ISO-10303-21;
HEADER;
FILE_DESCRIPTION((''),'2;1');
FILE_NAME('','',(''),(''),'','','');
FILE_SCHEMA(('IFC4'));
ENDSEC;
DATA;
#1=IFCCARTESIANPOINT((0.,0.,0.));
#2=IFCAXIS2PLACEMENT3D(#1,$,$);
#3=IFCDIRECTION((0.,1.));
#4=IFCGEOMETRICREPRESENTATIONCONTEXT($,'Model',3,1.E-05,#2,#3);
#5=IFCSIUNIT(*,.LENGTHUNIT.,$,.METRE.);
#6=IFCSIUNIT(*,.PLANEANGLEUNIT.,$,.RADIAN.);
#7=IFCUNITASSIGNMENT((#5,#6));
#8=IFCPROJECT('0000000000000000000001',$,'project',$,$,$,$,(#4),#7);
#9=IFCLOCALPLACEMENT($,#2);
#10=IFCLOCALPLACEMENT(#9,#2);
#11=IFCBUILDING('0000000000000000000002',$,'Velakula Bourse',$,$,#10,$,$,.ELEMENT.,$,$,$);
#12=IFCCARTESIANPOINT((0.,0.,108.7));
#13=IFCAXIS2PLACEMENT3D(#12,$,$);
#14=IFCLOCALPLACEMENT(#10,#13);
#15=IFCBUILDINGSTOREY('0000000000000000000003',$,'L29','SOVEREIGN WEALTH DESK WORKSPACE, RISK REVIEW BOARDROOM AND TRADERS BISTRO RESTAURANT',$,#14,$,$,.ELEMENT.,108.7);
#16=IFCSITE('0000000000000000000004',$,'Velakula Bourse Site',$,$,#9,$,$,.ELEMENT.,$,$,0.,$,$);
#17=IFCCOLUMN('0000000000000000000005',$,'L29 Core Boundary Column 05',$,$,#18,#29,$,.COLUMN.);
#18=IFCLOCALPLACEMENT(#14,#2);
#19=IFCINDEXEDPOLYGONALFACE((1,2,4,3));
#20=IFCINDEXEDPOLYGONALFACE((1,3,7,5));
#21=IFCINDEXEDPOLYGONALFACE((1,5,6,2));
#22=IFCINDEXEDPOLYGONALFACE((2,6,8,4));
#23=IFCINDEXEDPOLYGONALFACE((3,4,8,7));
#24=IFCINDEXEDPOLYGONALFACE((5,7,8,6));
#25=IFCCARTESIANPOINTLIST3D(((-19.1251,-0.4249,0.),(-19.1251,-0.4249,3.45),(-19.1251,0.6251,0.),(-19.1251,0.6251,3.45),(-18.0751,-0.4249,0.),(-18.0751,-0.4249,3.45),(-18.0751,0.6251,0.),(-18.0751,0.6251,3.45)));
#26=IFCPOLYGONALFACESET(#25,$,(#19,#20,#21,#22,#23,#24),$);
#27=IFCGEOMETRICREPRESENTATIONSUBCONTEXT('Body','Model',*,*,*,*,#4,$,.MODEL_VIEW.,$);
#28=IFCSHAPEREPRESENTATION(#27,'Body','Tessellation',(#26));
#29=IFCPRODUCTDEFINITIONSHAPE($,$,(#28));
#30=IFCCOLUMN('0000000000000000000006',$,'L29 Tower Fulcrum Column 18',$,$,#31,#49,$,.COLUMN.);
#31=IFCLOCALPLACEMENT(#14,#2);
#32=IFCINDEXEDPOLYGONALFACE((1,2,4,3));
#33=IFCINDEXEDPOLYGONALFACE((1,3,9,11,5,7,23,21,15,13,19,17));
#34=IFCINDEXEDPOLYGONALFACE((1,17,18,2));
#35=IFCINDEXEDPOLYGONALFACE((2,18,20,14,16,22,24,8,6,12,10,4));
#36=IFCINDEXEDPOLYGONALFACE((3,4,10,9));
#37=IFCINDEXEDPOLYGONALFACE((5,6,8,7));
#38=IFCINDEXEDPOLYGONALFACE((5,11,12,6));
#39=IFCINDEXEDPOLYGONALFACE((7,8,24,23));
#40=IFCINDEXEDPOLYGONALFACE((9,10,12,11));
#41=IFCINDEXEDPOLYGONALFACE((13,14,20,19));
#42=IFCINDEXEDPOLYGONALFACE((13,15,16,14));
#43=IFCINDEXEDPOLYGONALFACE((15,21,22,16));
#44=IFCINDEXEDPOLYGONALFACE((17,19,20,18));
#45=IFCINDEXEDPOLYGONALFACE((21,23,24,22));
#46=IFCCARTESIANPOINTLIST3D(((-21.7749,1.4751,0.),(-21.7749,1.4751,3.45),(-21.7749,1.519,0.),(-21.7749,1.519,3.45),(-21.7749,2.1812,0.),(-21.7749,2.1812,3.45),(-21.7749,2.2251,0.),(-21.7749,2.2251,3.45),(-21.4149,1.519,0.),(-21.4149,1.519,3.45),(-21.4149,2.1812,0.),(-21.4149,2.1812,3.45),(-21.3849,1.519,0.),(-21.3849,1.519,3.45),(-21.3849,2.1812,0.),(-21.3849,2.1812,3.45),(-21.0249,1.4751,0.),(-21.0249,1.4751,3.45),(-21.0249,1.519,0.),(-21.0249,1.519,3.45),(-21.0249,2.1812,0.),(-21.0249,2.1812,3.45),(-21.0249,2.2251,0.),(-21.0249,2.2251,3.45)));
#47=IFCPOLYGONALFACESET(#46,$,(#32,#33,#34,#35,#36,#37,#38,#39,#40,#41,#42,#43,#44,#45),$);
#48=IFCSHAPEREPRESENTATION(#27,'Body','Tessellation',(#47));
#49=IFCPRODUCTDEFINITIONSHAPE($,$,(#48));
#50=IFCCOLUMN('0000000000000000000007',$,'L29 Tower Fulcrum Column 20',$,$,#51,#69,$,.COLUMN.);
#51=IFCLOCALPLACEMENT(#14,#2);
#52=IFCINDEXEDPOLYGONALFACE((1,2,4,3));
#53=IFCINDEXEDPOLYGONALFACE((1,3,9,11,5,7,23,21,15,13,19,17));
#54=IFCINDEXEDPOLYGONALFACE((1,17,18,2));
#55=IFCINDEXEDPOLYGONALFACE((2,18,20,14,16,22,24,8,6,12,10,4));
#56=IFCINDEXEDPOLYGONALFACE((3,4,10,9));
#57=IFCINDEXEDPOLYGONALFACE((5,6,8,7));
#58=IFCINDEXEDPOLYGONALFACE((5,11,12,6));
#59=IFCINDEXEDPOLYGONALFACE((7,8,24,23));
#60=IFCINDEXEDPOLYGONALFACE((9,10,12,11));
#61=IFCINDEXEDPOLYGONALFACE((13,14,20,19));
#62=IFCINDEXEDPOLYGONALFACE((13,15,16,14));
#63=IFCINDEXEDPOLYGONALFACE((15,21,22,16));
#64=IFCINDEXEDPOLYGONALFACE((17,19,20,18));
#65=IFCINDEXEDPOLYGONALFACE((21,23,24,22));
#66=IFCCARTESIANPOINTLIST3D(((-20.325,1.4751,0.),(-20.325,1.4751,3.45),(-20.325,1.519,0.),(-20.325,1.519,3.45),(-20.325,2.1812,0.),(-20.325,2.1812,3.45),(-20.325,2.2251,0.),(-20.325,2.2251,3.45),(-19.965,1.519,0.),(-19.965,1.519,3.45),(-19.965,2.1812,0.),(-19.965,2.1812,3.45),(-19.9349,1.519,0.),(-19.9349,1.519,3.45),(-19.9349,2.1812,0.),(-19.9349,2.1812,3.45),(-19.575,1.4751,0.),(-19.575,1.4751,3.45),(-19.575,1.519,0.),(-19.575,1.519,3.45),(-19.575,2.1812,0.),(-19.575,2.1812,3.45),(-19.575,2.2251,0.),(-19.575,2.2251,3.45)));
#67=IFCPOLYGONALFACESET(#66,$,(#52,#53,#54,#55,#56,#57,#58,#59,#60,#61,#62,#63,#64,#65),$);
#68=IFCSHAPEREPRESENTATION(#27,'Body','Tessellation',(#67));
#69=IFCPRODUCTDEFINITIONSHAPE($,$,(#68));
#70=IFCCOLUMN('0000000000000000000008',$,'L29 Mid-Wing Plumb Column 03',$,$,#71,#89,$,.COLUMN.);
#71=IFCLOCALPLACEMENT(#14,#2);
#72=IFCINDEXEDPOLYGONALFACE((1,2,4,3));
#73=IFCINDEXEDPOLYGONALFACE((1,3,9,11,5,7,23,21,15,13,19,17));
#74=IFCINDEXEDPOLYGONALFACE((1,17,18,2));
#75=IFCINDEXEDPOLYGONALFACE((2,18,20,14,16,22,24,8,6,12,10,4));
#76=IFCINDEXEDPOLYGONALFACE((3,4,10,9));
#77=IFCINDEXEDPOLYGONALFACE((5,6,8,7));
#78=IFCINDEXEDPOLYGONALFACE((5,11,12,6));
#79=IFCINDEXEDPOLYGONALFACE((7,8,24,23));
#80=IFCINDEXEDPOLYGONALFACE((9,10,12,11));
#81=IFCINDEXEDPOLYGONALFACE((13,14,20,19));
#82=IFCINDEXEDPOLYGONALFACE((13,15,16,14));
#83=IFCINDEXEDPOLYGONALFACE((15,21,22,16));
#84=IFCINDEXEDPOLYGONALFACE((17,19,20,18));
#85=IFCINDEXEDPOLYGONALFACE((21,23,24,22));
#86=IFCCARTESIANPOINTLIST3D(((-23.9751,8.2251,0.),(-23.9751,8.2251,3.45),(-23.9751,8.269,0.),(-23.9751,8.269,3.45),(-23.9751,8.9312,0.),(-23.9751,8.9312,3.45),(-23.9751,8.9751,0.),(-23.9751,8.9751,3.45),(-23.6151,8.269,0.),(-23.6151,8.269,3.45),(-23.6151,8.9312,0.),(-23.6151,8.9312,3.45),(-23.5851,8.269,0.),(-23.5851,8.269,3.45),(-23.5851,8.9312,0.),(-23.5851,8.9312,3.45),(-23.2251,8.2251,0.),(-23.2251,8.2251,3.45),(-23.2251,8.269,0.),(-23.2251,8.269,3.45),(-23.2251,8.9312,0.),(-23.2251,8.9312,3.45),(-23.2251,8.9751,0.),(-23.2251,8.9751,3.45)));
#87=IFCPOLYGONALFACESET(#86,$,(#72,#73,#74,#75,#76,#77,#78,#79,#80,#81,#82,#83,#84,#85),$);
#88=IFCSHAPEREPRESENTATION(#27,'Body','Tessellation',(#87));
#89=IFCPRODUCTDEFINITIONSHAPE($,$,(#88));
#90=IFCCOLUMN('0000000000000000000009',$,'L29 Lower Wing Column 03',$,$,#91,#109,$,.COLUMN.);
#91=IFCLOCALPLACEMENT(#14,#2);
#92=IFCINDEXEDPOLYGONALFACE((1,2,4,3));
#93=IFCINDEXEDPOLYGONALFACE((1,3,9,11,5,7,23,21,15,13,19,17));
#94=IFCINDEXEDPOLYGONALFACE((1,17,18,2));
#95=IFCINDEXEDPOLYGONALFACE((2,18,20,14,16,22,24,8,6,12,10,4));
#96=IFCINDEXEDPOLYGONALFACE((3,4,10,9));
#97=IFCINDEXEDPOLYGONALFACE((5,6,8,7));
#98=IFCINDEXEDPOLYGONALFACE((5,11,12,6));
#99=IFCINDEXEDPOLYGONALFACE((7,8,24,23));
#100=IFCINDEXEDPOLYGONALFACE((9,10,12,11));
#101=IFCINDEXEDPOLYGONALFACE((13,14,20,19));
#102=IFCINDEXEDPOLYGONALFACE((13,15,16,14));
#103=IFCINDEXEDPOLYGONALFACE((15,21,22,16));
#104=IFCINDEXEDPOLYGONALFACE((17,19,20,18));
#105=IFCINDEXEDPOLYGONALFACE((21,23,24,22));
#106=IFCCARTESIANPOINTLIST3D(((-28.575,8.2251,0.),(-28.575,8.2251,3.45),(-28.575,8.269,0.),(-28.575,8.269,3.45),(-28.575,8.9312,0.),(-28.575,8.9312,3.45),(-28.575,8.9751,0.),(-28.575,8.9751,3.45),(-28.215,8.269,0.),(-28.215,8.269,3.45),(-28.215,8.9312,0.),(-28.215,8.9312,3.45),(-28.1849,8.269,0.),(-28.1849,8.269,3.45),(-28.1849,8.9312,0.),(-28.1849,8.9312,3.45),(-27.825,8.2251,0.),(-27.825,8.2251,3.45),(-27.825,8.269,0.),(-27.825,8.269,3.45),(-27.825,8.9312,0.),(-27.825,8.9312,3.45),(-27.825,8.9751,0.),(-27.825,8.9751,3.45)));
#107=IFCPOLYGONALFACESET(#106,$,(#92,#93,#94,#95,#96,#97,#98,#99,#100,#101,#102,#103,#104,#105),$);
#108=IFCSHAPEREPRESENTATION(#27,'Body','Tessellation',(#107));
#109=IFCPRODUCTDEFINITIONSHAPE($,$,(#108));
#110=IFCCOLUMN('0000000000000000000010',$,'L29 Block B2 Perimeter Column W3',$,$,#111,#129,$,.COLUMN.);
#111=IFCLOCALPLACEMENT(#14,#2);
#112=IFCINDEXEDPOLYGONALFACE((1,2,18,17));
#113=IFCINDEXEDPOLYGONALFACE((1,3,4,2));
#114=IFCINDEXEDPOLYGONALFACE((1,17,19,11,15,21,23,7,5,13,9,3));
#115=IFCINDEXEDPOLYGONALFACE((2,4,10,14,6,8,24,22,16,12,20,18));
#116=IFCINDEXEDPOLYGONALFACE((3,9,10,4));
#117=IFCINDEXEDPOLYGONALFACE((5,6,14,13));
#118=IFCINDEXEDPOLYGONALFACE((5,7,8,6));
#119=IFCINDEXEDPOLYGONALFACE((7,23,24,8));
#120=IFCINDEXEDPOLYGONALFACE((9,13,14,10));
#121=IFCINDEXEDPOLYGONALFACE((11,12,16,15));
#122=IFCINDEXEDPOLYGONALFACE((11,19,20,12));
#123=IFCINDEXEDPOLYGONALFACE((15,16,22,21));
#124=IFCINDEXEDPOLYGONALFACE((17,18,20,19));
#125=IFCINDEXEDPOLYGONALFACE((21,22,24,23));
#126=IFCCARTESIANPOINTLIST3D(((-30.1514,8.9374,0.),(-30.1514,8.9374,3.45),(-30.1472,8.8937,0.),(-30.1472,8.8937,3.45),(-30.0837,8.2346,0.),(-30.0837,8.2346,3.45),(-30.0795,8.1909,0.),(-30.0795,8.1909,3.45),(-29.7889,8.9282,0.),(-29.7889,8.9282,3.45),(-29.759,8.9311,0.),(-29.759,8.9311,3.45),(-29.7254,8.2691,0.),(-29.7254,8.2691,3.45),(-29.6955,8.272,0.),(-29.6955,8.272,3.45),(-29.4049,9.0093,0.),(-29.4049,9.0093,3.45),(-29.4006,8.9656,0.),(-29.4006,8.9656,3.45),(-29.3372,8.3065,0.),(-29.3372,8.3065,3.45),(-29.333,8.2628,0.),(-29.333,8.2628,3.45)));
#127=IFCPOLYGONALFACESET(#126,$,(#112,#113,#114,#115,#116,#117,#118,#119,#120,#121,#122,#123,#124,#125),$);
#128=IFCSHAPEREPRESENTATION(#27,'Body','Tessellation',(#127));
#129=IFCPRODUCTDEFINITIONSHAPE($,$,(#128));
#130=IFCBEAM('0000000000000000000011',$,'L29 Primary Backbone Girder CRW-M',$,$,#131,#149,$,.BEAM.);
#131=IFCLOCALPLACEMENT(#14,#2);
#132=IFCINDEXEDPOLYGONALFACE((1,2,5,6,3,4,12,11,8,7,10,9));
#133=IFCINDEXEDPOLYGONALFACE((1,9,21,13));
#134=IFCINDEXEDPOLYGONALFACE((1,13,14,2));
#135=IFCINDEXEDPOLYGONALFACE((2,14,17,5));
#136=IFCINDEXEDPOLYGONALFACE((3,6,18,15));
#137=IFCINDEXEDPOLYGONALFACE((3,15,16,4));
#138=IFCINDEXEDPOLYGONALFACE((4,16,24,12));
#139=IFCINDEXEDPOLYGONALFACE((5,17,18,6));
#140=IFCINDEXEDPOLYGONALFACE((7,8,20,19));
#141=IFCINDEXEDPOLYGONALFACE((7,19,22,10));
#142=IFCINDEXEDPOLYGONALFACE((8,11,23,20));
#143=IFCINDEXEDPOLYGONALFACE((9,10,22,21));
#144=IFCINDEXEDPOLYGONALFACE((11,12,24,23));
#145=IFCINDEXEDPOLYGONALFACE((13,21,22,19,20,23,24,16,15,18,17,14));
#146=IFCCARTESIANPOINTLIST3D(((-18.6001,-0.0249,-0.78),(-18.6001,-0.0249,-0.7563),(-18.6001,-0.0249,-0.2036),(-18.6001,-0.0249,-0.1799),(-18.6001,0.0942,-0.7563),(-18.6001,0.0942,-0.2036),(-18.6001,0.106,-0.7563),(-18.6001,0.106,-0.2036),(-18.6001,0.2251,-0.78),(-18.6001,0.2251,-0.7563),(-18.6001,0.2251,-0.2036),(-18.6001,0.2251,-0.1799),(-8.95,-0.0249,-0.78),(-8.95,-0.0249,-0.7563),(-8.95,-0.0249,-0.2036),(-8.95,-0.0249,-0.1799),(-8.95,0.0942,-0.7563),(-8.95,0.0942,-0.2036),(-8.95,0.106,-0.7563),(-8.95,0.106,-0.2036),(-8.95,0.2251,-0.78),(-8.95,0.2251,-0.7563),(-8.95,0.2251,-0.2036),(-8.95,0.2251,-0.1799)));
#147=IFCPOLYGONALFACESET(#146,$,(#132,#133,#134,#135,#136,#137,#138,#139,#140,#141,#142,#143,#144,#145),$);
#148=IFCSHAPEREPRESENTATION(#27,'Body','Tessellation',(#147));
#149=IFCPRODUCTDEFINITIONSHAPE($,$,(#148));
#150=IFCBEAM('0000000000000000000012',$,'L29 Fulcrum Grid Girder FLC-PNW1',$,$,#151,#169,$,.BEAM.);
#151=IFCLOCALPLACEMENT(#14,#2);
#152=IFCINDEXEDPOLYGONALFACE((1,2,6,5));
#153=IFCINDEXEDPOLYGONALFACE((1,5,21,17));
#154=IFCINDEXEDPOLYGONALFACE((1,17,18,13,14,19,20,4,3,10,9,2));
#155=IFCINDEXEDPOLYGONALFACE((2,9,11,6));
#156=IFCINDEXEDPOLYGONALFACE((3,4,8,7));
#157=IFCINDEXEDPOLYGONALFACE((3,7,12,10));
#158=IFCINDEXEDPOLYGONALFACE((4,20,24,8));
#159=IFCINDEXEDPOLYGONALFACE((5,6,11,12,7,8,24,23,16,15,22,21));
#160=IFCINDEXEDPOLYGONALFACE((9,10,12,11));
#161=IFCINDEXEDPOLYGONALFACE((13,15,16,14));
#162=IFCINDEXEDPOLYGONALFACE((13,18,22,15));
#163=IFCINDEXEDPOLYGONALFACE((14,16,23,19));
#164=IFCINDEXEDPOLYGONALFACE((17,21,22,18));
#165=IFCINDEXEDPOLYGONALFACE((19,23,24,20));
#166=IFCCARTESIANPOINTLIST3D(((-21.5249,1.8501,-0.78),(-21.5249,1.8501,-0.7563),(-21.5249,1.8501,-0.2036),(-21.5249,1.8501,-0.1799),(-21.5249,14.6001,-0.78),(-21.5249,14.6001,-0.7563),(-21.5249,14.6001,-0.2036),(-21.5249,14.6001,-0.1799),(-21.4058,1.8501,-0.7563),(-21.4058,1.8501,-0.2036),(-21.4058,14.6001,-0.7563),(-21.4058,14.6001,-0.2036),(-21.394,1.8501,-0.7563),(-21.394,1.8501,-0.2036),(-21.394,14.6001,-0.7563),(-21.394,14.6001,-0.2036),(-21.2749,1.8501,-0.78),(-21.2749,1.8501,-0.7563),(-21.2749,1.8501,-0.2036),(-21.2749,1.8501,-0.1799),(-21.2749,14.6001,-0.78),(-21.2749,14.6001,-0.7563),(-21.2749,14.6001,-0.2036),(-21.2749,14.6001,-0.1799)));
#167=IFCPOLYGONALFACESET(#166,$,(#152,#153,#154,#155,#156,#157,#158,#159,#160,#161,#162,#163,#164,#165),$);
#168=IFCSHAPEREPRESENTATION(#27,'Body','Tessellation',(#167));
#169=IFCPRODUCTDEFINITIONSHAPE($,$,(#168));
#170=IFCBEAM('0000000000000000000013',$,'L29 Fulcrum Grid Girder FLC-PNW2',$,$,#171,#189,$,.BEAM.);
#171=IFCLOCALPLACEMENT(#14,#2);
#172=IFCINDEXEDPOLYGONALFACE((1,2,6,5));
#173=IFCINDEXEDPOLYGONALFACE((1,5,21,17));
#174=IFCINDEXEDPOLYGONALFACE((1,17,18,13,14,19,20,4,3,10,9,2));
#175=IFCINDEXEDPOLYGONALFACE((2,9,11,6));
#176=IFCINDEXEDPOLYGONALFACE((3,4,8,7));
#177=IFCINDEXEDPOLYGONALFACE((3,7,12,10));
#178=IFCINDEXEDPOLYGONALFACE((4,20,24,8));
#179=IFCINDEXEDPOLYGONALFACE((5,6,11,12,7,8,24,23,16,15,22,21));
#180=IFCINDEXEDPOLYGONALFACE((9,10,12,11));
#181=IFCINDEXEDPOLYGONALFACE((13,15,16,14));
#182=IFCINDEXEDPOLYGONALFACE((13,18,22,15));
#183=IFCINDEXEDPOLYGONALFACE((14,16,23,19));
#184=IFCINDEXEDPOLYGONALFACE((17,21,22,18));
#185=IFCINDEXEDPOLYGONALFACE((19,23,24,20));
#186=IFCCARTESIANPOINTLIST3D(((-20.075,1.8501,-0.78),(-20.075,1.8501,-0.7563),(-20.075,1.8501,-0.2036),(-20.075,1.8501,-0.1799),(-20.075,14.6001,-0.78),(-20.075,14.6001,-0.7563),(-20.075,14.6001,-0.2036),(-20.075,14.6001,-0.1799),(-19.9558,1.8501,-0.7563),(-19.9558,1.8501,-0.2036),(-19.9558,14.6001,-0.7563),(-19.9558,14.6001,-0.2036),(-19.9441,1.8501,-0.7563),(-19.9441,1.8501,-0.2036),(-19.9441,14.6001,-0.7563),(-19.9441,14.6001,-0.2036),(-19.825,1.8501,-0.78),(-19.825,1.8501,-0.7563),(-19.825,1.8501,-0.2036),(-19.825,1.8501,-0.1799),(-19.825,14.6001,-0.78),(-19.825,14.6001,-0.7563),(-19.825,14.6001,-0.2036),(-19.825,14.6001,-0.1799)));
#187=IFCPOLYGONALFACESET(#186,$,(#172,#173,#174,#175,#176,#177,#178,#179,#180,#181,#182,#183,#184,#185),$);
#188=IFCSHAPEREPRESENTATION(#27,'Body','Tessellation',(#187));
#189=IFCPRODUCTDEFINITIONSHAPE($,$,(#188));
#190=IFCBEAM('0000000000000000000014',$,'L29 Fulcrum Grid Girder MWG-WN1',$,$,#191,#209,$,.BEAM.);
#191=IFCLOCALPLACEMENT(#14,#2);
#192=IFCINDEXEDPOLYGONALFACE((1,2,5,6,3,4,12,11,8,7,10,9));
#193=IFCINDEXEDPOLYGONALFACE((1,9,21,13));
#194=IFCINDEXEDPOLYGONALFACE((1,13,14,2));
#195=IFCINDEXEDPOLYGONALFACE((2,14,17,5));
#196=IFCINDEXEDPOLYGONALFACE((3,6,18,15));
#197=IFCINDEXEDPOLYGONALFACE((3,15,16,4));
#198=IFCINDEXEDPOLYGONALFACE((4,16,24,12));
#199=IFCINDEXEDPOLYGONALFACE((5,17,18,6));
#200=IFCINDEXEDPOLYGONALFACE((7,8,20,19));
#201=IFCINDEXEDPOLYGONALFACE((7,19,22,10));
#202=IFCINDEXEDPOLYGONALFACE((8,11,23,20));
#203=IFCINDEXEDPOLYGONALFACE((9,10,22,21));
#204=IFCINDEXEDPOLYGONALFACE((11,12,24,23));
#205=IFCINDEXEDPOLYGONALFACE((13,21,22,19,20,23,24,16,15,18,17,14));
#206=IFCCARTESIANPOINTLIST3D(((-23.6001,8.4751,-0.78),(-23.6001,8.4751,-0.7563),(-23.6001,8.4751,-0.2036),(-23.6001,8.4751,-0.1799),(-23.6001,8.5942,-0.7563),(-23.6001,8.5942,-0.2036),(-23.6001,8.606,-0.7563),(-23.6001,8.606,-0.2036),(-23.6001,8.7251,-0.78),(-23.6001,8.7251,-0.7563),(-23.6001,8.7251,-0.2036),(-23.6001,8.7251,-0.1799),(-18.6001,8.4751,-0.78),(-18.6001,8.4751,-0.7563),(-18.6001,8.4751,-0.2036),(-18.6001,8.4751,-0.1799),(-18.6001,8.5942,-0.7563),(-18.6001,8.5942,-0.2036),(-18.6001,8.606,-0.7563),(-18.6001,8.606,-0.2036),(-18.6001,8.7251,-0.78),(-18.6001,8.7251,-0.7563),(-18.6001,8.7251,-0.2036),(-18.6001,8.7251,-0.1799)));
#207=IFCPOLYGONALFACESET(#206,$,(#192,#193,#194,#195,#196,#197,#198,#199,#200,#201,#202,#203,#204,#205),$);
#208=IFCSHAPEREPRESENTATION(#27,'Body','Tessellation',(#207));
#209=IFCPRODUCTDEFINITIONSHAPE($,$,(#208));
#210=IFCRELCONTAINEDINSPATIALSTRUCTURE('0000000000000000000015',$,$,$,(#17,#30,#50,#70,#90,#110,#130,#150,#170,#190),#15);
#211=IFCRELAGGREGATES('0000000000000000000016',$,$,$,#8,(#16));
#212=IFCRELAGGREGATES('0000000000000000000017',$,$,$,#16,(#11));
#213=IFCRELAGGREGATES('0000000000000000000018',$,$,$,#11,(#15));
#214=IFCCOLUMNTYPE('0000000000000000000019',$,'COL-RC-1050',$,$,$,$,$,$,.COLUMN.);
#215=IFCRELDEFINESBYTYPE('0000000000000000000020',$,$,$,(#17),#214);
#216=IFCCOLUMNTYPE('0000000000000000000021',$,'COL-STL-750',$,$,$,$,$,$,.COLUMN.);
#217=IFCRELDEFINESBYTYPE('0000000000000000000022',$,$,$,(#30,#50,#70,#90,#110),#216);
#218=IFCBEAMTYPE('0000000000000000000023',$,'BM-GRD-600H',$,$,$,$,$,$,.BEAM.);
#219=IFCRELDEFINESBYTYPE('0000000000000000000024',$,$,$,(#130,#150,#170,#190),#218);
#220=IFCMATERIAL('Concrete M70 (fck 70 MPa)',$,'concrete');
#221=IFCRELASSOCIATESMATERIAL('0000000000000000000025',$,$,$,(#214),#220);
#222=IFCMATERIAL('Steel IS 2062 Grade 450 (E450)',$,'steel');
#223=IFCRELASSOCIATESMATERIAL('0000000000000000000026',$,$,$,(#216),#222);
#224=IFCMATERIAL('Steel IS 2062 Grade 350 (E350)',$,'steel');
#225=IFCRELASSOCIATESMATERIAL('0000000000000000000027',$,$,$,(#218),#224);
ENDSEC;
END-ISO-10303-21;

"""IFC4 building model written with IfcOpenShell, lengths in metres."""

from ifc_helpers import new_model, si_unit, direction, frame, origin, origin_2d, place, context, subcontext, project, spatial, rectangle, i_section, extrude, material, material_profile, profile_set, type_object, element, save


model = new_model("IFC4")

# Units and contexts
model_context = context("Model", 3, precision=1e-05, world=origin(), true_north=direction((0.0, 1.0)))
body_context = subcontext(model_context, "Body", "Model", "MODEL_VIEW")
ifc_project = project(units=[si_unit("LENGTHUNIT", "METRE"), si_unit("PLANEANGLEUNIT", "RADIAN")], contexts=[model_context])

# Site, building, storey
site_placement = place(None, origin())
site = spatial("IfcSite", under=ifc_project, at=site_placement, Name="Velakula Bourse Site", CompositionType="ELEMENT", RefElevation=0.0)
building_placement = place(site_placement, origin())
building = spatial("IfcBuilding", under=site, at=building_placement, Name="Velakula Bourse", CompositionType="ELEMENT")
storey_placement = place(building_placement, frame((0.0, 0.0, 108.7)))
storey = spatial("IfcBuildingStorey", under=building, at=storey_placement, Name="L29", Description="SOVEREIGN WEALTH DESK WORKSPACE, RISK REVIEW BOARDROOM AND TRADERS BISTRO RESTAURANT", CompositionType="ELEMENT", Elevation=108.7)

# Columns
ifc_material_1 = material(Name="Concrete M70 (fck 70 MPa)", Category="concrete")
ifc_material_profile_1 = material_profile(ifc_material_1, rectangle(XDim=1.05, YDim=1.05, at=origin_2d()), Name="Concrete M70 (fck 70 MPa)")
ifc_profile_set_1 = profile_set([ifc_material_profile_1], Name="Concrete M70 (fck 70 MPa)")
column_type_1 = type_object("IfcColumnType", Name="COL-RC-1050", PredefinedType="COLUMN", material=ifc_profile_set_1)
column_placement = place(storey_placement, frame((-18.6001, 0.1001, 0.0), z_axis=(0.0, 0.0, 1.0), x_axis=(1.0, 0.0, 0.0)))
element("IfcColumn", 1, at=column_placement, inside=storey, type_object=column_type_1, Name="L29 Core Boundary Column 05", PredefinedType="COLUMN", context=body_context, shape_type="SweptSolid", body=[
    extrude(rectangle(XDim=1.05, YDim=1.05, at=origin_2d()), origin(), (0.0, 0.0, 1.0), 3.45),
])
ifc_material_2 = material(Name="Steel IS 2062 Grade 450 (E450)", Category="steel")
ifc_material_profile_2 = material_profile(ifc_material_2, i_section(OverallWidth=0.75, OverallDepth=0.75, WebThickness=0.03, FlangeThickness=0.0439, at=origin_2d()), Name="Steel IS 2062 Grade 450 (E450)")
ifc_profile_set_2 = profile_set([ifc_material_profile_2], Name="Steel IS 2062 Grade 450 (E450)")
column_type_2 = type_object("IfcColumnType", Name="COL-STL-750", PredefinedType="COLUMN", material=ifc_profile_set_2)
for number, where, z_axis, x_axis, name in (
    (2, (-21.3999, 1.8501, 0.0), (0.0, 0.0, 1.0), (1.0, 0.0, 0.0), "L29 Tower Fulcrum Column 18"),
    (3, (-19.95, 1.8501, 0.0), (0.0, 0.0, 1.0), (1.0, 0.0, 0.0), "L29 Tower Fulcrum Column 20"),
    (4, (-23.6001, 8.6001, 0.0), (0.0, 0.0, 1.0), (1.0, 0.0, 0.0), "L29 Mid-Wing Plumb Column 03"),
    (5, (-28.2, 8.6001, 0.0), (0.0, 0.0, 1.0), (1.0, 0.0, 0.0), "L29 Lower Wing Column 03"),
    (6, (-29.7422, 8.6001, 0.0), (0.0, 0.0, 1.0), (0.995396, 0.095846, 0.0), "L29 Block B2 Perimeter Column W3"),
):
    element("IfcColumn", number, at=place(storey_placement, frame(where, z_axis=z_axis, x_axis=x_axis)), inside=storey, type_object=column_type_2, Name=name, PredefinedType="COLUMN", context=body_context, shape_type="SweptSolid", body=[
        extrude(i_section(OverallWidth=0.75, OverallDepth=0.75, WebThickness=0.03, FlangeThickness=0.0439, at=origin_2d()), origin(), (0.0, 0.0, 1.0), 3.45),
    ])

# Beams
ifc_material_3 = material(Name="Steel IS 2062 Grade 350 (E350)", Category="steel")
ifc_material_profile_3 = material_profile(ifc_material_3, i_section(OverallWidth=0.25, OverallDepth=0.6001, WebThickness=0.0117, FlangeThickness=0.0237, at=origin_2d()), Name="Steel IS 2062 Grade 350 (E350)")
ifc_profile_set_3 = profile_set([ifc_material_profile_3], Name="Steel IS 2062 Grade 350 (E350)")
beam_type_1 = type_object("IfcBeamType", Name="BM-GRD-600H", PredefinedType="BEAM", material=ifc_profile_set_3)
beam_1_placement = place(storey_placement, frame((-18.6001, 0.1001, -0.48), z_axis=(1.0, 0.0, 0.0), x_axis=(0.0, 1.0, 0.0)))
element("IfcBeam", 7, at=beam_1_placement, inside=storey, type_object=beam_type_1, Name="L29 Primary Backbone Girder CRW-M", PredefinedType="BEAM", context=body_context, shape_type="SweptSolid", body=[
    extrude(i_section(OverallWidth=0.25, OverallDepth=0.6001, WebThickness=0.0117, FlangeThickness=0.0237, at=origin_2d()), origin(), (0.0, 0.0, 1.0), 9.6501),
])
for number, where, z_axis, x_axis, name in (
    (8, (-21.3999, 1.8501, -0.48), (0.0, 1.0, 0.0), (-1.0, 0.0, 0.0), "L29 Fulcrum Grid Girder FLC-PNW1"),
    (9, (-19.95, 1.8501, -0.48), (0.0, 1.0, 0.0), (-1.0, 0.0, 0.0), "L29 Fulcrum Grid Girder FLC-PNW2"),
):
    element("IfcBeam", number, at=place(storey_placement, frame(where, z_axis=z_axis, x_axis=x_axis)), inside=storey, type_object=beam_type_1, Name=name, PredefinedType="BEAM", context=body_context, shape_type="SweptSolid", body=[
        extrude(i_section(OverallWidth=0.25, OverallDepth=0.6001, WebThickness=0.0117, FlangeThickness=0.0237, at=origin_2d()), origin(), (0.0, 0.0, 1.0), 12.75),
    ])
beam_2_placement = place(storey_placement, frame((-23.6001, 8.6001, -0.48), z_axis=(1.0, 0.0, 0.0), x_axis=(0.0, 1.0, 0.0)))
element("IfcBeam", 10, at=beam_2_placement, inside=storey, type_object=beam_type_1, Name="L29 Fulcrum Grid Girder MWG-WN1", PredefinedType="BEAM", context=body_context, shape_type="SweptSolid", body=[
    extrude(i_section(OverallWidth=0.25, OverallDepth=0.6001, WebThickness=0.0117, FlangeThickness=0.0237, at=origin_2d()), origin(), (0.0, 0.0, 1.0), 5.0),
])

save(model, "model.ifc")
